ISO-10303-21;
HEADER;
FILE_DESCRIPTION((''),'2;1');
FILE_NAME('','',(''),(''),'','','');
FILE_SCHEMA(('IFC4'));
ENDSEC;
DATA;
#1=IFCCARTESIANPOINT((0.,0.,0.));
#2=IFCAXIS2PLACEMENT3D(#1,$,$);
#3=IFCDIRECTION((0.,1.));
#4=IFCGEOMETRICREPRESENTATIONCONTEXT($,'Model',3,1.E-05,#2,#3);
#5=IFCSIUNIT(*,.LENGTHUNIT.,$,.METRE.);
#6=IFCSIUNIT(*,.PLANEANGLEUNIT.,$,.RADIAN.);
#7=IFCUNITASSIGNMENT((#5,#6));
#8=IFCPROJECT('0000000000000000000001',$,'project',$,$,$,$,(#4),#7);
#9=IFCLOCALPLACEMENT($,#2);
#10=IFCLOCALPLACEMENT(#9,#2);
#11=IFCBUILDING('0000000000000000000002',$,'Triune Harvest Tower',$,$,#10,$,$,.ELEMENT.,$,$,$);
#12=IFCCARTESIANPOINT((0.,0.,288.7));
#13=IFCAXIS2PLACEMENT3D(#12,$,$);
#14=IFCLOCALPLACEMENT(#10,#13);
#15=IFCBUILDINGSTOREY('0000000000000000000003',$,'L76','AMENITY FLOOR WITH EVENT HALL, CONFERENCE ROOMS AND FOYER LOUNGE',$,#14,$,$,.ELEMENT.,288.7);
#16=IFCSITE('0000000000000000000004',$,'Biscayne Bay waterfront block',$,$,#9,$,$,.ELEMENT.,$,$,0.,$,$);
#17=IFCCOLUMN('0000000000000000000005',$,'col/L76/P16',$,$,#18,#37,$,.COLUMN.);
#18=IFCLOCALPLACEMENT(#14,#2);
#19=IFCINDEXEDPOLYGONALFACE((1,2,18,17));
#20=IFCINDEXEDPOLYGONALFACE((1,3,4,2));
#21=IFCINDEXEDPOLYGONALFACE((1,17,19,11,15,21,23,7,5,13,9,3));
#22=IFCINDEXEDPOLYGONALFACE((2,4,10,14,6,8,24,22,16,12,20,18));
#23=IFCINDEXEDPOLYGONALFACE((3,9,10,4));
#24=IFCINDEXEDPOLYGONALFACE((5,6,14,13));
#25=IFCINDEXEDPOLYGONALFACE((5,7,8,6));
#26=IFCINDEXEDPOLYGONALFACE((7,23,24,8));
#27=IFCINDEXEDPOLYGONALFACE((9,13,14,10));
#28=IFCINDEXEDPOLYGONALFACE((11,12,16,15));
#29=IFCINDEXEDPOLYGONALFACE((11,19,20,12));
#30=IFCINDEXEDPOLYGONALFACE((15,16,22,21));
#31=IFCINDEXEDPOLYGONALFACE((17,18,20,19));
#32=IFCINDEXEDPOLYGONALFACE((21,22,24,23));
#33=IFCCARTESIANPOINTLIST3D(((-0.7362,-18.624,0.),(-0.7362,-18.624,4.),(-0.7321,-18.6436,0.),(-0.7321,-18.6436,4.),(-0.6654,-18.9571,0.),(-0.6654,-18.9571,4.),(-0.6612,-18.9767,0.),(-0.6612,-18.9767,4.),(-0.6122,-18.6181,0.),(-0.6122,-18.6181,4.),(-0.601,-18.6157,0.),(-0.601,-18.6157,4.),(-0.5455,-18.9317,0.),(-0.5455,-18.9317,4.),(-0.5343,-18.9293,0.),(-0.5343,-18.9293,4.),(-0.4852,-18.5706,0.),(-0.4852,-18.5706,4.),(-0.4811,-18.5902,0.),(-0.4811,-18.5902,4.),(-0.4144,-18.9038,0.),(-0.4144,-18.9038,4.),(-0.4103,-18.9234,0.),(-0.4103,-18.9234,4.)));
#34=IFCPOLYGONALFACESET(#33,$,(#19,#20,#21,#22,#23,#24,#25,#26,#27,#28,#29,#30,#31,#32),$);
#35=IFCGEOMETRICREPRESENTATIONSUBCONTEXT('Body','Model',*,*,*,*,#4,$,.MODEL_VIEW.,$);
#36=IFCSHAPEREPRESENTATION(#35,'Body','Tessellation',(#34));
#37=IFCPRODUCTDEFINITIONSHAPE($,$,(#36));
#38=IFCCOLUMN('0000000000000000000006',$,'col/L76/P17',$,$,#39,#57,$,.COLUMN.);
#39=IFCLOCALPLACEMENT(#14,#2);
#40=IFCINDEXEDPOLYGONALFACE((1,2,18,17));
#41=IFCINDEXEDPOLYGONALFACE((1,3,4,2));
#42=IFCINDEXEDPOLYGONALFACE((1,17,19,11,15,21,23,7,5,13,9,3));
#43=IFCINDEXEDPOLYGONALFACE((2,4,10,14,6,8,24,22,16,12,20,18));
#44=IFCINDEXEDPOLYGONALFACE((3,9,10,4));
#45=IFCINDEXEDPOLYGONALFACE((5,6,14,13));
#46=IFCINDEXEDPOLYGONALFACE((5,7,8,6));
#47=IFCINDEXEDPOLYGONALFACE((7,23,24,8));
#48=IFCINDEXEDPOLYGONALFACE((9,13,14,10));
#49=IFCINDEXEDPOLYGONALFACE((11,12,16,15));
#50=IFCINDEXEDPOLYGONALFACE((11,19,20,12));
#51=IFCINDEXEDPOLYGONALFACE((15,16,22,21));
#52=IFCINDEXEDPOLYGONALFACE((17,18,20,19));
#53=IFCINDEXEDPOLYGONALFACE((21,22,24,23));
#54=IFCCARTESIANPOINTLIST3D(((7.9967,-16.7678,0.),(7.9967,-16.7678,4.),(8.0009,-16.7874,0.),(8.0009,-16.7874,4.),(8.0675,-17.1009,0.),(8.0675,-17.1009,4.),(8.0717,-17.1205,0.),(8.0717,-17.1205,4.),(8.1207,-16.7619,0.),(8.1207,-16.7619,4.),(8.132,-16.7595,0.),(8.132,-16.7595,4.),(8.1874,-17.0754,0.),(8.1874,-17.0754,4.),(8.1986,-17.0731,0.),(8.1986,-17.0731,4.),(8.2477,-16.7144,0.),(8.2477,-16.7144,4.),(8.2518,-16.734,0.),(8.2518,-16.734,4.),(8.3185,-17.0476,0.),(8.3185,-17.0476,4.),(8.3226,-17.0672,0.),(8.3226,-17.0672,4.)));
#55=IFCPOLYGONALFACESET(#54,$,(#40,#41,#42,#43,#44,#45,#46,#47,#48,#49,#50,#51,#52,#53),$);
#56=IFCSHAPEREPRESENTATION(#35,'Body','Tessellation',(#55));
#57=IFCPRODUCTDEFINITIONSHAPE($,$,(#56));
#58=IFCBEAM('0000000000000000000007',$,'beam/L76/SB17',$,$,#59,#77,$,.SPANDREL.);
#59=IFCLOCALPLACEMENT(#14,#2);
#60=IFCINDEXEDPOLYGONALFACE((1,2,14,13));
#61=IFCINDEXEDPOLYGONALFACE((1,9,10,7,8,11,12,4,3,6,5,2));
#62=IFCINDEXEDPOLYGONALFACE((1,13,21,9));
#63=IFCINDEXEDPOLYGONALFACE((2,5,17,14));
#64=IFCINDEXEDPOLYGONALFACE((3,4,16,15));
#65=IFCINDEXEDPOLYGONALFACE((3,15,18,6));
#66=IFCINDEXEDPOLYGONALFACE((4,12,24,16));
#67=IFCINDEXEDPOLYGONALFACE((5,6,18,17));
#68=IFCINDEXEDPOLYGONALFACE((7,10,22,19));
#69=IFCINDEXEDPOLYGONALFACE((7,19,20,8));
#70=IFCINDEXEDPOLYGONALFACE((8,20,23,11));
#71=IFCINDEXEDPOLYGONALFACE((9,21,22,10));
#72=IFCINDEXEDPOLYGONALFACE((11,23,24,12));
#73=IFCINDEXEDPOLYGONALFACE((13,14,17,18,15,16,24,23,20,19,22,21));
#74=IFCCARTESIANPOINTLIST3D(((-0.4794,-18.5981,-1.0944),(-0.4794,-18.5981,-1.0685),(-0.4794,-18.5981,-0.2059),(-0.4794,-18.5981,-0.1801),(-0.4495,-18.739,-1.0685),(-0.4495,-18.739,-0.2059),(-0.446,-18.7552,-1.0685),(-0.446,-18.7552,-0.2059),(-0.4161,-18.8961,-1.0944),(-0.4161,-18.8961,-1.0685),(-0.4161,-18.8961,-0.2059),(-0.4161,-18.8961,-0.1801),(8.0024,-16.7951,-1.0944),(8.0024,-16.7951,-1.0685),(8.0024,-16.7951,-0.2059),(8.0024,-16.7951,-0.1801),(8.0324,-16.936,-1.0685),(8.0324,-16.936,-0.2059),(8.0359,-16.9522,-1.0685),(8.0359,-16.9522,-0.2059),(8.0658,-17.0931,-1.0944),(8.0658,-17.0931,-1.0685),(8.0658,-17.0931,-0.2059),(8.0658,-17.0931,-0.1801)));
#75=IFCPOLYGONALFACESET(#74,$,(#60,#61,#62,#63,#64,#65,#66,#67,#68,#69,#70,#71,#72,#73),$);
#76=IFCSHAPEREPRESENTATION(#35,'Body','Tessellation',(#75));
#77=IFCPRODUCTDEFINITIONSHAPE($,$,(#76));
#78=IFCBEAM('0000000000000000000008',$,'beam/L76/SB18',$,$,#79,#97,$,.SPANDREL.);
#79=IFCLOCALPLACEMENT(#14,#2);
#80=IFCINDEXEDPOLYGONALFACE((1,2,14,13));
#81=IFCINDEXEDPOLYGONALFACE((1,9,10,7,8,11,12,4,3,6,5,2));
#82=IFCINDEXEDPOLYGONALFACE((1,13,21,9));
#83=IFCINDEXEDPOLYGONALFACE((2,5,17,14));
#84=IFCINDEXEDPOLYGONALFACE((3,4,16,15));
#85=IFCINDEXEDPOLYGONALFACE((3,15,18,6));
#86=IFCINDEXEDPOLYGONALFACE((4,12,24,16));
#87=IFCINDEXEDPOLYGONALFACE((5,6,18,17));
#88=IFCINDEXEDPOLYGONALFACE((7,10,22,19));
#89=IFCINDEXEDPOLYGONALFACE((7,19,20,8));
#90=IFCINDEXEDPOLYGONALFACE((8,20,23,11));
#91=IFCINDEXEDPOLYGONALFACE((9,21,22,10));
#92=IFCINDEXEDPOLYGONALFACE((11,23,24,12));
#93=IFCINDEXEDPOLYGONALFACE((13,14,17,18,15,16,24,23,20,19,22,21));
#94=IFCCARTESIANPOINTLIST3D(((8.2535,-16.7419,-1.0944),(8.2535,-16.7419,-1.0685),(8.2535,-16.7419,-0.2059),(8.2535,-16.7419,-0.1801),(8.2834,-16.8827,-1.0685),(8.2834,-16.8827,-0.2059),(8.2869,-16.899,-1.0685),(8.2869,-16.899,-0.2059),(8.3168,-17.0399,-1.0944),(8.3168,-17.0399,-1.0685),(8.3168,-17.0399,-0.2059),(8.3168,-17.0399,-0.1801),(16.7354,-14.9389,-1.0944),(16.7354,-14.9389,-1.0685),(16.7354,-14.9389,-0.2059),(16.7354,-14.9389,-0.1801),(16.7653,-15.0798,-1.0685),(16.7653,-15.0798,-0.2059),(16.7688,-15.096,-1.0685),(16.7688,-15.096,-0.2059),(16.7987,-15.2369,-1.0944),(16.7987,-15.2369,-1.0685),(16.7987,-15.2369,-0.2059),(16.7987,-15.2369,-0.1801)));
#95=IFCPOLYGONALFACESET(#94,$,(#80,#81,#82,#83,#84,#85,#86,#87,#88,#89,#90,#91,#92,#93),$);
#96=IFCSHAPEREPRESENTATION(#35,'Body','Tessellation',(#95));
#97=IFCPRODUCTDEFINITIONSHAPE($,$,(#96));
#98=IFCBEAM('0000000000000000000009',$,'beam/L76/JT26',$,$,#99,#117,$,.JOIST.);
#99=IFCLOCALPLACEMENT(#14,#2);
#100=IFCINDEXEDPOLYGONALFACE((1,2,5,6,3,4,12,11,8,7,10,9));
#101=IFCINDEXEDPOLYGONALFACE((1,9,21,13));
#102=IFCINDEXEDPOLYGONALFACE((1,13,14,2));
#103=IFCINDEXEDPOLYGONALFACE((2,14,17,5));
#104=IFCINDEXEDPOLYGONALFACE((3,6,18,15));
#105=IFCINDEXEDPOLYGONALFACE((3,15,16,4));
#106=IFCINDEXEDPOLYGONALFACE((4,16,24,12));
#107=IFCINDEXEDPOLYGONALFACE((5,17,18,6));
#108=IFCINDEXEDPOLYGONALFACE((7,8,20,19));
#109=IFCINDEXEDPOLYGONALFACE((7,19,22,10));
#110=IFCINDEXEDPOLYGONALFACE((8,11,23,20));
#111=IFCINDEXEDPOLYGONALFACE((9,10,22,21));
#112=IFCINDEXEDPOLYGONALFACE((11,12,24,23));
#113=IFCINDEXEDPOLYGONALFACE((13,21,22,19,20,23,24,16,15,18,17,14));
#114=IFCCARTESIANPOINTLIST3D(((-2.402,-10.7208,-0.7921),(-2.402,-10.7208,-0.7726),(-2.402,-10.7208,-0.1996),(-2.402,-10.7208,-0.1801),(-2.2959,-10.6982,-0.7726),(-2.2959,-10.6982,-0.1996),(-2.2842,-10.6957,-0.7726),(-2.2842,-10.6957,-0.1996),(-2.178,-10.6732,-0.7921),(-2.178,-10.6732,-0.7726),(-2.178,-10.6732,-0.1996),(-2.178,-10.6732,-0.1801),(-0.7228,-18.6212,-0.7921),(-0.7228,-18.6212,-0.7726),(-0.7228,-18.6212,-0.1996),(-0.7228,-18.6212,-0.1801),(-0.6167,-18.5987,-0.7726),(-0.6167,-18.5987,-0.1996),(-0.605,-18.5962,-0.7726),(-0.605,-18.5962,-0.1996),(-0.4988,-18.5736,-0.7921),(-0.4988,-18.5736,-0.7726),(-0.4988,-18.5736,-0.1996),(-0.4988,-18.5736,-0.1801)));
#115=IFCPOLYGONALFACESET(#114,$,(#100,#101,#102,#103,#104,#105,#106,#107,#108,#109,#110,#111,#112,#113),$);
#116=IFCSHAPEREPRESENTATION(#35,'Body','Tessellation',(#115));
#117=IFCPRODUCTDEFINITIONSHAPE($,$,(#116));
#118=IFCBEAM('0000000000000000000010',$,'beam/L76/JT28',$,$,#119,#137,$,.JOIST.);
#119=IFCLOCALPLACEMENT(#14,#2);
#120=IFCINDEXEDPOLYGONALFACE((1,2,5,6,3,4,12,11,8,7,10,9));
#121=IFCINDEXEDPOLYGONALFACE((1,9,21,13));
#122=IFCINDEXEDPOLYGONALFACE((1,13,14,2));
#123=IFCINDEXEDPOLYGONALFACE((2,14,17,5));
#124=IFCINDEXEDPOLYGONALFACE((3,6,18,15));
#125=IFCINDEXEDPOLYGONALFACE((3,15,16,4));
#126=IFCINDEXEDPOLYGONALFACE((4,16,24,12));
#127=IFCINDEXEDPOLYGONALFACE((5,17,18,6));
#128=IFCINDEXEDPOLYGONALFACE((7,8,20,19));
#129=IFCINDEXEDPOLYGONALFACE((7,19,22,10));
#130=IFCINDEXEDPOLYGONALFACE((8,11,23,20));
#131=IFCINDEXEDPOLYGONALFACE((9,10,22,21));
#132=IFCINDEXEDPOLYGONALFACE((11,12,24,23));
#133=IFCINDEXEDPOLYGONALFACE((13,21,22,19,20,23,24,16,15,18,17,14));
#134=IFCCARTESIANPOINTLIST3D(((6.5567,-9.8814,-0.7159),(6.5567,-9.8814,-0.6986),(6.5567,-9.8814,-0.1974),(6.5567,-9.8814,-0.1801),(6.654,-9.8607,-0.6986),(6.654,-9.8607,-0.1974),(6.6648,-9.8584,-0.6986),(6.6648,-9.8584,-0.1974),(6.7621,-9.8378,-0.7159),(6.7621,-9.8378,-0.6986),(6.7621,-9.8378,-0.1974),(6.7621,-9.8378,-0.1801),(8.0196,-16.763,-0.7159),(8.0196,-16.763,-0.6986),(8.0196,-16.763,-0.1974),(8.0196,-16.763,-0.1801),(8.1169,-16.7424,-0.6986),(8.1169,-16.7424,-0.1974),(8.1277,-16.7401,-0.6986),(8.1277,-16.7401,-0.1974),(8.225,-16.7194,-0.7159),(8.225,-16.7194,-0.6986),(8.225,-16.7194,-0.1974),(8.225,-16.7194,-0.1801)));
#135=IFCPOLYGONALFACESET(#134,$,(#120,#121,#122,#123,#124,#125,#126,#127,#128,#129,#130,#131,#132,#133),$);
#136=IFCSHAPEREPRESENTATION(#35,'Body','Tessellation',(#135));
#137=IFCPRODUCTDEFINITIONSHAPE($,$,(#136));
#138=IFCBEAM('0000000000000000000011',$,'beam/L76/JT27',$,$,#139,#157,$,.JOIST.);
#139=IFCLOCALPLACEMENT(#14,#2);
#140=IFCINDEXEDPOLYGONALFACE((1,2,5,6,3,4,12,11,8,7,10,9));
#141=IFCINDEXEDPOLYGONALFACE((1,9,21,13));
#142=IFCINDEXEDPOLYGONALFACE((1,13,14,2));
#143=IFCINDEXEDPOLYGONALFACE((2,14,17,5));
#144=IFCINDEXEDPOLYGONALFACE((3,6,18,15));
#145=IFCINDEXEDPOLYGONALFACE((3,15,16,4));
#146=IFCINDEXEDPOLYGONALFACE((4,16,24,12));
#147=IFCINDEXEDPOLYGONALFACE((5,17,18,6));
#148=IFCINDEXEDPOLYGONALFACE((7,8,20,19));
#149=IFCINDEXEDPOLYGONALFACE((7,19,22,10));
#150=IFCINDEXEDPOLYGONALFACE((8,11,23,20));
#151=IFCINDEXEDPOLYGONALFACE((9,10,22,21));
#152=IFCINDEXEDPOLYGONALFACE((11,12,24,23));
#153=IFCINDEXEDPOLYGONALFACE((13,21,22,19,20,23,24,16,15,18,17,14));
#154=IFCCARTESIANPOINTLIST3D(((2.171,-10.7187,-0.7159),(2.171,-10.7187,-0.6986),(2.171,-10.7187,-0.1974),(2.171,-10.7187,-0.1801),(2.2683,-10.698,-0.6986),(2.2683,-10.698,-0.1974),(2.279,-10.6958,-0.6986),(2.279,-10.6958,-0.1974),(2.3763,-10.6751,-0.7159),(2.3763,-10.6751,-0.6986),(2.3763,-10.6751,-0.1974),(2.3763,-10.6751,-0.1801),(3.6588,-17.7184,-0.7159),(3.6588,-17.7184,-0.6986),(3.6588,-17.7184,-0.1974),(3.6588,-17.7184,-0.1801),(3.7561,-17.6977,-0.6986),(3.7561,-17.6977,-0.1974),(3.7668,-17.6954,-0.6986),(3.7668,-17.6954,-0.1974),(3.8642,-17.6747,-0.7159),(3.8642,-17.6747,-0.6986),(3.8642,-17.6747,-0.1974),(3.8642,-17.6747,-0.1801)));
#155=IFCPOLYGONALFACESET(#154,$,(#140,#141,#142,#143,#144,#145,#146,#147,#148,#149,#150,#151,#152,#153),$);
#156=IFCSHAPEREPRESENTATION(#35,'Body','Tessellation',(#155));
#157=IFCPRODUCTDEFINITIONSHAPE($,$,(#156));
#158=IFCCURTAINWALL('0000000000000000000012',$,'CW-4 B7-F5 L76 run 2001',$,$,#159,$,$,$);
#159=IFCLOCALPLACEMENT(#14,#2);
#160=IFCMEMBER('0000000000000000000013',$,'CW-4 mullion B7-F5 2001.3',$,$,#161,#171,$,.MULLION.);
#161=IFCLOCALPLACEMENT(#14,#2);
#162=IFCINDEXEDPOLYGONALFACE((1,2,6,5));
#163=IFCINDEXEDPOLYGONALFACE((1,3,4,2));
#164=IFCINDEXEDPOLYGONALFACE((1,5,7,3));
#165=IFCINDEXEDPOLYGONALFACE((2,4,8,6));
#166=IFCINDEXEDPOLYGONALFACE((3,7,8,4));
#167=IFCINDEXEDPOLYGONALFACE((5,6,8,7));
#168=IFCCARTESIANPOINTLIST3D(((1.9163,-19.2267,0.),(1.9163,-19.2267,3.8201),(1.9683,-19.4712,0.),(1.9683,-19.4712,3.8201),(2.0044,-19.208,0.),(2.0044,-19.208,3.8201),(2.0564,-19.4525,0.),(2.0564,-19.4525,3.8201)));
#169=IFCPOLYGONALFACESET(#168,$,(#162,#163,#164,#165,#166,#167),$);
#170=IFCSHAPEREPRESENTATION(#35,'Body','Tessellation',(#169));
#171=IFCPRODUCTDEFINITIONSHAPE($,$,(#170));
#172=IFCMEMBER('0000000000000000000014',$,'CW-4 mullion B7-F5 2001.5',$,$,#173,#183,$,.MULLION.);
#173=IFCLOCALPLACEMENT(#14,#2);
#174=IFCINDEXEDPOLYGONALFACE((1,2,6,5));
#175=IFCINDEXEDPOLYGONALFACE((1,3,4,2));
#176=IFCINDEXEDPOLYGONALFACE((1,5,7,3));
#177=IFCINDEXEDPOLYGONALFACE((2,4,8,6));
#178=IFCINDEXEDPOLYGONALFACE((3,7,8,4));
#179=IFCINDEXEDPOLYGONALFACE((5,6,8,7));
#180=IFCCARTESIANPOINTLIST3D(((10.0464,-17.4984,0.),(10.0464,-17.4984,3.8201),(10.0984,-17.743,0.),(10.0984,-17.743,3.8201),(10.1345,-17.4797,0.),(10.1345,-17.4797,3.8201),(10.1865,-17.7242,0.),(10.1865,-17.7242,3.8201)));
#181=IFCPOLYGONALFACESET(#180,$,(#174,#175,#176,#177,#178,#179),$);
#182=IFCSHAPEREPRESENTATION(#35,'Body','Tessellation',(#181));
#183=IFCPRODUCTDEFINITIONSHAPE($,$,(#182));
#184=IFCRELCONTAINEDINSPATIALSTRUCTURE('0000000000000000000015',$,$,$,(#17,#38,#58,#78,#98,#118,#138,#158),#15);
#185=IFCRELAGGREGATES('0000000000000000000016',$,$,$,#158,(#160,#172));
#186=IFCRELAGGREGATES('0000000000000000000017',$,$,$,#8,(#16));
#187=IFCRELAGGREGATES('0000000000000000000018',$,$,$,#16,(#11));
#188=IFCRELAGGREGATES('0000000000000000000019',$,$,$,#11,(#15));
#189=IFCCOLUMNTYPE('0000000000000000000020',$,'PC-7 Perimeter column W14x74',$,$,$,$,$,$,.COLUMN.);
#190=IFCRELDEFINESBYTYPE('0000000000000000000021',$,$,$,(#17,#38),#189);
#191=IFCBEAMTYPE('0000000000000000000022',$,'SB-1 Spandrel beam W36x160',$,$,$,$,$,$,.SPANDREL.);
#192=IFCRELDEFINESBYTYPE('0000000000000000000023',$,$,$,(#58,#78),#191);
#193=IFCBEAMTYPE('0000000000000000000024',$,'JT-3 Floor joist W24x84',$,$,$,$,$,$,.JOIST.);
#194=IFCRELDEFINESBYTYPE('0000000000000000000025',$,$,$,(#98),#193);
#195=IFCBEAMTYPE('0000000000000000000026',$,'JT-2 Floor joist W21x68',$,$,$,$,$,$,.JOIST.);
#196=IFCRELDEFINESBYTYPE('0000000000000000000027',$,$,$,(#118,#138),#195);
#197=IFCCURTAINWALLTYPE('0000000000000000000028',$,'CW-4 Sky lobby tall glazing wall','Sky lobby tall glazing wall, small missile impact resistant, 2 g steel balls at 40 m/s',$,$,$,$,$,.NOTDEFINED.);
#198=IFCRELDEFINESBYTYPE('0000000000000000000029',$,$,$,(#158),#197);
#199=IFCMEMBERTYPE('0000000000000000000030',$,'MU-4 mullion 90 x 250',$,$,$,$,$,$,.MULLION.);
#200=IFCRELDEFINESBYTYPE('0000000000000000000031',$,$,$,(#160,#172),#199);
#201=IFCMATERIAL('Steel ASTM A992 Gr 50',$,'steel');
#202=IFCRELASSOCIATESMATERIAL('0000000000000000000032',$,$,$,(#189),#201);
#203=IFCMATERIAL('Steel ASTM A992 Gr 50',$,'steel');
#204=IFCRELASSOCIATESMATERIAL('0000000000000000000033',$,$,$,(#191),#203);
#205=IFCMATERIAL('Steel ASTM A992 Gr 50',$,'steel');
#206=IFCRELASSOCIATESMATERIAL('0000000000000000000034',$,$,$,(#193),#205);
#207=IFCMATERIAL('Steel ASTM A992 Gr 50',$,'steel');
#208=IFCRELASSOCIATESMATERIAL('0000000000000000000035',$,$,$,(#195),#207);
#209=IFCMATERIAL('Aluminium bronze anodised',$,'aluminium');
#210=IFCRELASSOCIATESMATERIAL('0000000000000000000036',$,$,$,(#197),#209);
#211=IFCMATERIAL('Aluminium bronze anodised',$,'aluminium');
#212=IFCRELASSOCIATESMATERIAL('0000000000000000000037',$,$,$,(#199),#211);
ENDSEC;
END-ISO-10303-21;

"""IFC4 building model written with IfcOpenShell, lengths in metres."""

from ifc_helpers import new_model, si_unit, direction, frame, origin, origin_2d, place, context, subcontext, project, spatial, rectangle, i_section, extrude, source, transform, mapped, material, material_profile, profile_set, type_object, element, aggregate, save


model = new_model("IFC4")

# Units and contexts
model_context = context("Model", 3, precision=1e-05, world=origin(), true_north=direction((0.0, 1.0)))
body_context = subcontext(model_context, "Body", "Model", "MODEL_VIEW")
ifc_project = project(units=[si_unit("LENGTHUNIT", "METRE"), si_unit("PLANEANGLEUNIT", "RADIAN")], contexts=[model_context])

# Site, building, storey
site_placement = place(None, origin())
site = spatial("IfcSite", under=ifc_project, at=site_placement, Name="Biscayne Bay waterfront block", CompositionType="ELEMENT", RefElevation=0.0)
building_placement = place(site_placement, origin())
building = spatial("IfcBuilding", under=site, at=building_placement, Name="Triune Harvest Tower", CompositionType="ELEMENT")
storey_placement = place(building_placement, frame((0.0, 0.0, 288.7)))
storey = spatial("IfcBuildingStorey", under=building, at=storey_placement, Name="L76", Description="AMENITY FLOOR WITH EVENT HALL, CONFERENCE ROOMS AND FOYER LOUNGE", CompositionType="ELEMENT", Elevation=288.7)

# Columns
ifc_material_1 = material(Name="Steel ASTM A992 Gr 50", Category="steel")
ifc_material_profile_1 = material_profile(ifc_material_1, i_section(OverallWidth=0.2566, OverallDepth=0.3606, WebThickness=0.0115, FlangeThickness=0.02, at=origin_2d()), Name="W14x74")
ifc_profile_set_1 = profile_set([ifc_material_profile_1], Name="Steel ASTM A992 Gr 50")
column_type = type_object("IfcColumnType", Name="PC-7 Perimeter column W14x74", PredefinedType="COLUMN", material=ifc_profile_set_1)
shared_shape_1 = source(origin(), body_context, "Body", "SweptSolid", [
    extrude(i_section(OverallWidth=0.2566, OverallDepth=0.3606, WebThickness=0.0115, FlangeThickness=0.02, at=origin_2d()), origin(), (0.0, 0.0, 1.0), 4.0),
])
for number, where, z_axis, x_axis, name in (
    (1, (-0.5732, -18.7737, 0.0), (0.0, 0.0, 1.0), (0.978147, 0.207913, 0.0), "col/L76/P16"),
    (2, (8.1597, -16.9175, 0.0), (0.0, 0.0, 1.0), (0.978147, 0.207913, 0.0), "col/L76/P17"),
):
    element("IfcColumn", number, at=place(storey_placement, frame(where, z_axis=z_axis, x_axis=x_axis)), inside=storey, type_object=column_type, Name=name, PredefinedType="COLUMN", context=body_context, shape_type="MappedRepresentation", body=[
        mapped(shared_shape_1, transform((0.0, 0.0, 0.0), scale=1.0)),
    ])

# Beams
ifc_material_2 = material(Name="Steel ASTM A992 Gr 50", Category="steel")
ifc_material_profile_2 = material_profile(ifc_material_2, i_section(OverallWidth=0.3047, OverallDepth=0.9143, WebThickness=0.0166, FlangeThickness=0.0259, at=origin_2d()), Name="W36x160")
ifc_profile_set_2 = profile_set([ifc_material_profile_2], Name="Steel ASTM A992 Gr 50")
beam_type_1 = type_object("IfcBeamType", Name="SB-1 Spandrel beam W36x160", PredefinedType="SPANDREL", material=ifc_profile_set_2)
shared_shape_2 = source(origin(), body_context, "Body", "SweptSolid", [
    extrude(i_section(OverallWidth=0.3047, OverallDepth=0.9143, WebThickness=0.0166, FlangeThickness=0.0259, at=origin_2d()), origin(), (0.0, 0.0, 1.0), 8.6714),
])
for number, where, z_axis, x_axis, name in (
    (3, (-0.4478, -18.7471, -0.6372), (0.978146, 0.207921, 0.0), (-0.207921, 0.978146, 0.0), "beam/L76/SB17"),
    (4, (8.2852, -16.8909, -0.6372), (0.978146, 0.207921, 0.0), (-0.207921, 0.978146, 0.0), "beam/L76/SB18"),
):
    element("IfcBeam", number, at=place(storey_placement, frame(where, z_axis=z_axis, x_axis=x_axis)), inside=storey, type_object=beam_type_1, Name=name, PredefinedType="SPANDREL", context=body_context, shape_type="MappedRepresentation", body=[
        mapped(shared_shape_2, transform((0.0, 0.0, 0.0), scale=1.0)),
    ])
ifc_material_3 = material(Name="Steel ASTM A992 Gr 50", Category="steel")
ifc_material_profile_3 = material_profile(ifc_material_3, i_section(OverallWidth=0.229, OverallDepth=0.6121, WebThickness=0.012, FlangeThickness=0.0195, at=origin_2d()), Name="W24x84")
ifc_profile_set_3 = profile_set([ifc_material_profile_3], Name="Steel ASTM A992 Gr 50")
beam_type_2 = type_object("IfcBeamType", Name="JT-3 Floor joist W24x84", PredefinedType="JOIST", material=ifc_profile_set_3)
shared_shape_3 = source(origin(), body_context, "Body", "SweptSolid", [
    extrude(i_section(OverallWidth=0.229, OverallDepth=0.6121, WebThickness=0.012, FlangeThickness=0.0195, at=origin_2d()), origin(), (0.0, 0.0, 1.0), 8.0769),
])
beam_1_placement = place(storey_placement, frame((-0.6108, -18.5974, -0.4861), z_axis=(-0.207902, 0.97815, 0.0), x_axis=(-0.97815, -0.207902, 0.0)))
element("IfcBeam", 5, at=beam_1_placement, inside=storey, type_object=beam_type_2, Name="beam/L76/JT26", PredefinedType="JOIST", context=body_context, shape_type="MappedRepresentation", body=[
    mapped(shared_shape_3, transform((0.0, 0.0, 0.0), scale=1.0)),
])
ifc_material_4 = material(Name="Steel ASTM A992 Gr 50", Category="steel")
ifc_material_profile_4 = material_profile(ifc_material_4, i_section(OverallWidth=0.21, OverallDepth=0.5359, WebThickness=0.011, FlangeThickness=0.0173, at=origin_2d()), Name="W21x68")
ifc_profile_set_4 = profile_set([ifc_material_profile_4], Name="Steel ASTM A992 Gr 50")
beam_type_3 = type_object("IfcBeamType", Name="JT-2 Floor joist W21x68", PredefinedType="JOIST", material=ifc_profile_set_4)
shared_shape_4 = source(origin(), body_context, "Body", "SweptSolid", [
    extrude(i_section(OverallWidth=0.21, OverallDepth=0.5359, WebThickness=0.011, FlangeThickness=0.0173, at=origin_2d()), origin(), (0.0, 0.0, 1.0), 7.0354),
])
beam_2_placement = place(storey_placement, frame((8.1223, -16.7412, -0.448), z_axis=(-0.207934, 0.978143, 0.0), x_axis=(-0.978143, -0.207934, 0.0)))
element("IfcBeam", 6, at=beam_2_placement, inside=storey, type_object=beam_type_3, Name="beam/L76/JT28", PredefinedType="JOIST", context=body_context, shape_type="MappedRepresentation", body=[
    mapped(shared_shape_4, transform((0.0, 0.0, 0.0), scale=1.0)),
])
shared_shape_5 = source(origin(), body_context, "Body", "SweptSolid", [
    extrude(i_section(OverallWidth=0.21, OverallDepth=0.5359, WebThickness=0.011, FlangeThickness=0.0173, at=origin_2d()), origin(), (0.0, 0.0, 1.0), 7.156),
])
beam_3_placement = place(storey_placement, frame((3.7615, -17.6965, -0.448), z_axis=(-0.207912, 0.978148, 0.0), x_axis=(-0.978148, -0.207912, 0.0)))
element("IfcBeam", 7, at=beam_3_placement, inside=storey, type_object=beam_type_3, Name="beam/L76/JT27", PredefinedType="JOIST", context=body_context, shape_type="MappedRepresentation", body=[
    mapped(shared_shape_5, transform((0.0, 0.0, 0.0), scale=1.0)),
])

# Curtain wall, members
ifc_material_5 = material(Name="Aluminium bronze anodised", Category="aluminium")
curtain_wall_type = type_object("IfcCurtainWallType", Name="CW-4 Sky lobby tall glazing wall", Description="Sky lobby tall glazing wall, small missile impact resistant, 2 g steel balls at 40 m/s", PredefinedType="NOTDEFINED", material=ifc_material_5)
curtain_wall_placement = place(storey_placement, origin())
curtain_wall = element("IfcCurtainWall", 8, at=curtain_wall_placement, inside=storey, type_object=curtain_wall_type, Name="CW-4 B7-F5 L76 run 2001")
ifc_material_6 = material(Name="Aluminium bronze anodised", Category="aluminium")
ifc_material_profile_5 = material_profile(ifc_material_6, rectangle(XDim=0.25, YDim=0.0901, at=origin_2d()), Name="MU-4 mullion 90 x 250")
ifc_profile_set_5 = profile_set([ifc_material_profile_5], Name="Aluminium bronze anodised")
member_type_1 = type_object("IfcMemberType", Name="MU-4 mullion 90 x 250", PredefinedType="MULLION", material=ifc_profile_set_5)
shared_shape_6 = source(origin(), body_context, "Body", "SweptSolid", [
    extrude(rectangle(XDim=0.25, YDim=0.0901, at=origin_2d()), origin(), (0.0, 0.0, 1.0), 3.8201),
])
member_1_placement = place(storey_placement, frame((1.9863, -19.3396, 0.0), z_axis=(0.0, 0.0, 1.0), x_axis=(-0.207913, 0.978147, 0.0)))
member_1 = element("IfcMember", 9, at=member_1_placement, type_object=member_type_1, Name="CW-4 mullion B7-F5 2001.3", PredefinedType="MULLION", context=body_context, shape_type="MappedRepresentation", body=[
    mapped(shared_shape_6, transform((0.0, 0.0, 0.0), scale=1.0)),
])
member_2_placement = place(storey_placement, frame((10.1165, -17.6113, 0.0), z_axis=(0.0, 0.0, 1.0), x_axis=(-0.207913, 0.978147, 0.0)))
member_2 = element("IfcMember", 10, at=member_2_placement, type_object=member_type_1, Name="CW-4 mullion B7-F5 2001.5", PredefinedType="MULLION", context=body_context, shape_type="MappedRepresentation", body=[
    mapped(shared_shape_6, transform((0.0, 0.0, 0.0), scale=1.0)),
])
aggregate(curtain_wall, [member_1, member_2])

save(model, "model.ifc")
